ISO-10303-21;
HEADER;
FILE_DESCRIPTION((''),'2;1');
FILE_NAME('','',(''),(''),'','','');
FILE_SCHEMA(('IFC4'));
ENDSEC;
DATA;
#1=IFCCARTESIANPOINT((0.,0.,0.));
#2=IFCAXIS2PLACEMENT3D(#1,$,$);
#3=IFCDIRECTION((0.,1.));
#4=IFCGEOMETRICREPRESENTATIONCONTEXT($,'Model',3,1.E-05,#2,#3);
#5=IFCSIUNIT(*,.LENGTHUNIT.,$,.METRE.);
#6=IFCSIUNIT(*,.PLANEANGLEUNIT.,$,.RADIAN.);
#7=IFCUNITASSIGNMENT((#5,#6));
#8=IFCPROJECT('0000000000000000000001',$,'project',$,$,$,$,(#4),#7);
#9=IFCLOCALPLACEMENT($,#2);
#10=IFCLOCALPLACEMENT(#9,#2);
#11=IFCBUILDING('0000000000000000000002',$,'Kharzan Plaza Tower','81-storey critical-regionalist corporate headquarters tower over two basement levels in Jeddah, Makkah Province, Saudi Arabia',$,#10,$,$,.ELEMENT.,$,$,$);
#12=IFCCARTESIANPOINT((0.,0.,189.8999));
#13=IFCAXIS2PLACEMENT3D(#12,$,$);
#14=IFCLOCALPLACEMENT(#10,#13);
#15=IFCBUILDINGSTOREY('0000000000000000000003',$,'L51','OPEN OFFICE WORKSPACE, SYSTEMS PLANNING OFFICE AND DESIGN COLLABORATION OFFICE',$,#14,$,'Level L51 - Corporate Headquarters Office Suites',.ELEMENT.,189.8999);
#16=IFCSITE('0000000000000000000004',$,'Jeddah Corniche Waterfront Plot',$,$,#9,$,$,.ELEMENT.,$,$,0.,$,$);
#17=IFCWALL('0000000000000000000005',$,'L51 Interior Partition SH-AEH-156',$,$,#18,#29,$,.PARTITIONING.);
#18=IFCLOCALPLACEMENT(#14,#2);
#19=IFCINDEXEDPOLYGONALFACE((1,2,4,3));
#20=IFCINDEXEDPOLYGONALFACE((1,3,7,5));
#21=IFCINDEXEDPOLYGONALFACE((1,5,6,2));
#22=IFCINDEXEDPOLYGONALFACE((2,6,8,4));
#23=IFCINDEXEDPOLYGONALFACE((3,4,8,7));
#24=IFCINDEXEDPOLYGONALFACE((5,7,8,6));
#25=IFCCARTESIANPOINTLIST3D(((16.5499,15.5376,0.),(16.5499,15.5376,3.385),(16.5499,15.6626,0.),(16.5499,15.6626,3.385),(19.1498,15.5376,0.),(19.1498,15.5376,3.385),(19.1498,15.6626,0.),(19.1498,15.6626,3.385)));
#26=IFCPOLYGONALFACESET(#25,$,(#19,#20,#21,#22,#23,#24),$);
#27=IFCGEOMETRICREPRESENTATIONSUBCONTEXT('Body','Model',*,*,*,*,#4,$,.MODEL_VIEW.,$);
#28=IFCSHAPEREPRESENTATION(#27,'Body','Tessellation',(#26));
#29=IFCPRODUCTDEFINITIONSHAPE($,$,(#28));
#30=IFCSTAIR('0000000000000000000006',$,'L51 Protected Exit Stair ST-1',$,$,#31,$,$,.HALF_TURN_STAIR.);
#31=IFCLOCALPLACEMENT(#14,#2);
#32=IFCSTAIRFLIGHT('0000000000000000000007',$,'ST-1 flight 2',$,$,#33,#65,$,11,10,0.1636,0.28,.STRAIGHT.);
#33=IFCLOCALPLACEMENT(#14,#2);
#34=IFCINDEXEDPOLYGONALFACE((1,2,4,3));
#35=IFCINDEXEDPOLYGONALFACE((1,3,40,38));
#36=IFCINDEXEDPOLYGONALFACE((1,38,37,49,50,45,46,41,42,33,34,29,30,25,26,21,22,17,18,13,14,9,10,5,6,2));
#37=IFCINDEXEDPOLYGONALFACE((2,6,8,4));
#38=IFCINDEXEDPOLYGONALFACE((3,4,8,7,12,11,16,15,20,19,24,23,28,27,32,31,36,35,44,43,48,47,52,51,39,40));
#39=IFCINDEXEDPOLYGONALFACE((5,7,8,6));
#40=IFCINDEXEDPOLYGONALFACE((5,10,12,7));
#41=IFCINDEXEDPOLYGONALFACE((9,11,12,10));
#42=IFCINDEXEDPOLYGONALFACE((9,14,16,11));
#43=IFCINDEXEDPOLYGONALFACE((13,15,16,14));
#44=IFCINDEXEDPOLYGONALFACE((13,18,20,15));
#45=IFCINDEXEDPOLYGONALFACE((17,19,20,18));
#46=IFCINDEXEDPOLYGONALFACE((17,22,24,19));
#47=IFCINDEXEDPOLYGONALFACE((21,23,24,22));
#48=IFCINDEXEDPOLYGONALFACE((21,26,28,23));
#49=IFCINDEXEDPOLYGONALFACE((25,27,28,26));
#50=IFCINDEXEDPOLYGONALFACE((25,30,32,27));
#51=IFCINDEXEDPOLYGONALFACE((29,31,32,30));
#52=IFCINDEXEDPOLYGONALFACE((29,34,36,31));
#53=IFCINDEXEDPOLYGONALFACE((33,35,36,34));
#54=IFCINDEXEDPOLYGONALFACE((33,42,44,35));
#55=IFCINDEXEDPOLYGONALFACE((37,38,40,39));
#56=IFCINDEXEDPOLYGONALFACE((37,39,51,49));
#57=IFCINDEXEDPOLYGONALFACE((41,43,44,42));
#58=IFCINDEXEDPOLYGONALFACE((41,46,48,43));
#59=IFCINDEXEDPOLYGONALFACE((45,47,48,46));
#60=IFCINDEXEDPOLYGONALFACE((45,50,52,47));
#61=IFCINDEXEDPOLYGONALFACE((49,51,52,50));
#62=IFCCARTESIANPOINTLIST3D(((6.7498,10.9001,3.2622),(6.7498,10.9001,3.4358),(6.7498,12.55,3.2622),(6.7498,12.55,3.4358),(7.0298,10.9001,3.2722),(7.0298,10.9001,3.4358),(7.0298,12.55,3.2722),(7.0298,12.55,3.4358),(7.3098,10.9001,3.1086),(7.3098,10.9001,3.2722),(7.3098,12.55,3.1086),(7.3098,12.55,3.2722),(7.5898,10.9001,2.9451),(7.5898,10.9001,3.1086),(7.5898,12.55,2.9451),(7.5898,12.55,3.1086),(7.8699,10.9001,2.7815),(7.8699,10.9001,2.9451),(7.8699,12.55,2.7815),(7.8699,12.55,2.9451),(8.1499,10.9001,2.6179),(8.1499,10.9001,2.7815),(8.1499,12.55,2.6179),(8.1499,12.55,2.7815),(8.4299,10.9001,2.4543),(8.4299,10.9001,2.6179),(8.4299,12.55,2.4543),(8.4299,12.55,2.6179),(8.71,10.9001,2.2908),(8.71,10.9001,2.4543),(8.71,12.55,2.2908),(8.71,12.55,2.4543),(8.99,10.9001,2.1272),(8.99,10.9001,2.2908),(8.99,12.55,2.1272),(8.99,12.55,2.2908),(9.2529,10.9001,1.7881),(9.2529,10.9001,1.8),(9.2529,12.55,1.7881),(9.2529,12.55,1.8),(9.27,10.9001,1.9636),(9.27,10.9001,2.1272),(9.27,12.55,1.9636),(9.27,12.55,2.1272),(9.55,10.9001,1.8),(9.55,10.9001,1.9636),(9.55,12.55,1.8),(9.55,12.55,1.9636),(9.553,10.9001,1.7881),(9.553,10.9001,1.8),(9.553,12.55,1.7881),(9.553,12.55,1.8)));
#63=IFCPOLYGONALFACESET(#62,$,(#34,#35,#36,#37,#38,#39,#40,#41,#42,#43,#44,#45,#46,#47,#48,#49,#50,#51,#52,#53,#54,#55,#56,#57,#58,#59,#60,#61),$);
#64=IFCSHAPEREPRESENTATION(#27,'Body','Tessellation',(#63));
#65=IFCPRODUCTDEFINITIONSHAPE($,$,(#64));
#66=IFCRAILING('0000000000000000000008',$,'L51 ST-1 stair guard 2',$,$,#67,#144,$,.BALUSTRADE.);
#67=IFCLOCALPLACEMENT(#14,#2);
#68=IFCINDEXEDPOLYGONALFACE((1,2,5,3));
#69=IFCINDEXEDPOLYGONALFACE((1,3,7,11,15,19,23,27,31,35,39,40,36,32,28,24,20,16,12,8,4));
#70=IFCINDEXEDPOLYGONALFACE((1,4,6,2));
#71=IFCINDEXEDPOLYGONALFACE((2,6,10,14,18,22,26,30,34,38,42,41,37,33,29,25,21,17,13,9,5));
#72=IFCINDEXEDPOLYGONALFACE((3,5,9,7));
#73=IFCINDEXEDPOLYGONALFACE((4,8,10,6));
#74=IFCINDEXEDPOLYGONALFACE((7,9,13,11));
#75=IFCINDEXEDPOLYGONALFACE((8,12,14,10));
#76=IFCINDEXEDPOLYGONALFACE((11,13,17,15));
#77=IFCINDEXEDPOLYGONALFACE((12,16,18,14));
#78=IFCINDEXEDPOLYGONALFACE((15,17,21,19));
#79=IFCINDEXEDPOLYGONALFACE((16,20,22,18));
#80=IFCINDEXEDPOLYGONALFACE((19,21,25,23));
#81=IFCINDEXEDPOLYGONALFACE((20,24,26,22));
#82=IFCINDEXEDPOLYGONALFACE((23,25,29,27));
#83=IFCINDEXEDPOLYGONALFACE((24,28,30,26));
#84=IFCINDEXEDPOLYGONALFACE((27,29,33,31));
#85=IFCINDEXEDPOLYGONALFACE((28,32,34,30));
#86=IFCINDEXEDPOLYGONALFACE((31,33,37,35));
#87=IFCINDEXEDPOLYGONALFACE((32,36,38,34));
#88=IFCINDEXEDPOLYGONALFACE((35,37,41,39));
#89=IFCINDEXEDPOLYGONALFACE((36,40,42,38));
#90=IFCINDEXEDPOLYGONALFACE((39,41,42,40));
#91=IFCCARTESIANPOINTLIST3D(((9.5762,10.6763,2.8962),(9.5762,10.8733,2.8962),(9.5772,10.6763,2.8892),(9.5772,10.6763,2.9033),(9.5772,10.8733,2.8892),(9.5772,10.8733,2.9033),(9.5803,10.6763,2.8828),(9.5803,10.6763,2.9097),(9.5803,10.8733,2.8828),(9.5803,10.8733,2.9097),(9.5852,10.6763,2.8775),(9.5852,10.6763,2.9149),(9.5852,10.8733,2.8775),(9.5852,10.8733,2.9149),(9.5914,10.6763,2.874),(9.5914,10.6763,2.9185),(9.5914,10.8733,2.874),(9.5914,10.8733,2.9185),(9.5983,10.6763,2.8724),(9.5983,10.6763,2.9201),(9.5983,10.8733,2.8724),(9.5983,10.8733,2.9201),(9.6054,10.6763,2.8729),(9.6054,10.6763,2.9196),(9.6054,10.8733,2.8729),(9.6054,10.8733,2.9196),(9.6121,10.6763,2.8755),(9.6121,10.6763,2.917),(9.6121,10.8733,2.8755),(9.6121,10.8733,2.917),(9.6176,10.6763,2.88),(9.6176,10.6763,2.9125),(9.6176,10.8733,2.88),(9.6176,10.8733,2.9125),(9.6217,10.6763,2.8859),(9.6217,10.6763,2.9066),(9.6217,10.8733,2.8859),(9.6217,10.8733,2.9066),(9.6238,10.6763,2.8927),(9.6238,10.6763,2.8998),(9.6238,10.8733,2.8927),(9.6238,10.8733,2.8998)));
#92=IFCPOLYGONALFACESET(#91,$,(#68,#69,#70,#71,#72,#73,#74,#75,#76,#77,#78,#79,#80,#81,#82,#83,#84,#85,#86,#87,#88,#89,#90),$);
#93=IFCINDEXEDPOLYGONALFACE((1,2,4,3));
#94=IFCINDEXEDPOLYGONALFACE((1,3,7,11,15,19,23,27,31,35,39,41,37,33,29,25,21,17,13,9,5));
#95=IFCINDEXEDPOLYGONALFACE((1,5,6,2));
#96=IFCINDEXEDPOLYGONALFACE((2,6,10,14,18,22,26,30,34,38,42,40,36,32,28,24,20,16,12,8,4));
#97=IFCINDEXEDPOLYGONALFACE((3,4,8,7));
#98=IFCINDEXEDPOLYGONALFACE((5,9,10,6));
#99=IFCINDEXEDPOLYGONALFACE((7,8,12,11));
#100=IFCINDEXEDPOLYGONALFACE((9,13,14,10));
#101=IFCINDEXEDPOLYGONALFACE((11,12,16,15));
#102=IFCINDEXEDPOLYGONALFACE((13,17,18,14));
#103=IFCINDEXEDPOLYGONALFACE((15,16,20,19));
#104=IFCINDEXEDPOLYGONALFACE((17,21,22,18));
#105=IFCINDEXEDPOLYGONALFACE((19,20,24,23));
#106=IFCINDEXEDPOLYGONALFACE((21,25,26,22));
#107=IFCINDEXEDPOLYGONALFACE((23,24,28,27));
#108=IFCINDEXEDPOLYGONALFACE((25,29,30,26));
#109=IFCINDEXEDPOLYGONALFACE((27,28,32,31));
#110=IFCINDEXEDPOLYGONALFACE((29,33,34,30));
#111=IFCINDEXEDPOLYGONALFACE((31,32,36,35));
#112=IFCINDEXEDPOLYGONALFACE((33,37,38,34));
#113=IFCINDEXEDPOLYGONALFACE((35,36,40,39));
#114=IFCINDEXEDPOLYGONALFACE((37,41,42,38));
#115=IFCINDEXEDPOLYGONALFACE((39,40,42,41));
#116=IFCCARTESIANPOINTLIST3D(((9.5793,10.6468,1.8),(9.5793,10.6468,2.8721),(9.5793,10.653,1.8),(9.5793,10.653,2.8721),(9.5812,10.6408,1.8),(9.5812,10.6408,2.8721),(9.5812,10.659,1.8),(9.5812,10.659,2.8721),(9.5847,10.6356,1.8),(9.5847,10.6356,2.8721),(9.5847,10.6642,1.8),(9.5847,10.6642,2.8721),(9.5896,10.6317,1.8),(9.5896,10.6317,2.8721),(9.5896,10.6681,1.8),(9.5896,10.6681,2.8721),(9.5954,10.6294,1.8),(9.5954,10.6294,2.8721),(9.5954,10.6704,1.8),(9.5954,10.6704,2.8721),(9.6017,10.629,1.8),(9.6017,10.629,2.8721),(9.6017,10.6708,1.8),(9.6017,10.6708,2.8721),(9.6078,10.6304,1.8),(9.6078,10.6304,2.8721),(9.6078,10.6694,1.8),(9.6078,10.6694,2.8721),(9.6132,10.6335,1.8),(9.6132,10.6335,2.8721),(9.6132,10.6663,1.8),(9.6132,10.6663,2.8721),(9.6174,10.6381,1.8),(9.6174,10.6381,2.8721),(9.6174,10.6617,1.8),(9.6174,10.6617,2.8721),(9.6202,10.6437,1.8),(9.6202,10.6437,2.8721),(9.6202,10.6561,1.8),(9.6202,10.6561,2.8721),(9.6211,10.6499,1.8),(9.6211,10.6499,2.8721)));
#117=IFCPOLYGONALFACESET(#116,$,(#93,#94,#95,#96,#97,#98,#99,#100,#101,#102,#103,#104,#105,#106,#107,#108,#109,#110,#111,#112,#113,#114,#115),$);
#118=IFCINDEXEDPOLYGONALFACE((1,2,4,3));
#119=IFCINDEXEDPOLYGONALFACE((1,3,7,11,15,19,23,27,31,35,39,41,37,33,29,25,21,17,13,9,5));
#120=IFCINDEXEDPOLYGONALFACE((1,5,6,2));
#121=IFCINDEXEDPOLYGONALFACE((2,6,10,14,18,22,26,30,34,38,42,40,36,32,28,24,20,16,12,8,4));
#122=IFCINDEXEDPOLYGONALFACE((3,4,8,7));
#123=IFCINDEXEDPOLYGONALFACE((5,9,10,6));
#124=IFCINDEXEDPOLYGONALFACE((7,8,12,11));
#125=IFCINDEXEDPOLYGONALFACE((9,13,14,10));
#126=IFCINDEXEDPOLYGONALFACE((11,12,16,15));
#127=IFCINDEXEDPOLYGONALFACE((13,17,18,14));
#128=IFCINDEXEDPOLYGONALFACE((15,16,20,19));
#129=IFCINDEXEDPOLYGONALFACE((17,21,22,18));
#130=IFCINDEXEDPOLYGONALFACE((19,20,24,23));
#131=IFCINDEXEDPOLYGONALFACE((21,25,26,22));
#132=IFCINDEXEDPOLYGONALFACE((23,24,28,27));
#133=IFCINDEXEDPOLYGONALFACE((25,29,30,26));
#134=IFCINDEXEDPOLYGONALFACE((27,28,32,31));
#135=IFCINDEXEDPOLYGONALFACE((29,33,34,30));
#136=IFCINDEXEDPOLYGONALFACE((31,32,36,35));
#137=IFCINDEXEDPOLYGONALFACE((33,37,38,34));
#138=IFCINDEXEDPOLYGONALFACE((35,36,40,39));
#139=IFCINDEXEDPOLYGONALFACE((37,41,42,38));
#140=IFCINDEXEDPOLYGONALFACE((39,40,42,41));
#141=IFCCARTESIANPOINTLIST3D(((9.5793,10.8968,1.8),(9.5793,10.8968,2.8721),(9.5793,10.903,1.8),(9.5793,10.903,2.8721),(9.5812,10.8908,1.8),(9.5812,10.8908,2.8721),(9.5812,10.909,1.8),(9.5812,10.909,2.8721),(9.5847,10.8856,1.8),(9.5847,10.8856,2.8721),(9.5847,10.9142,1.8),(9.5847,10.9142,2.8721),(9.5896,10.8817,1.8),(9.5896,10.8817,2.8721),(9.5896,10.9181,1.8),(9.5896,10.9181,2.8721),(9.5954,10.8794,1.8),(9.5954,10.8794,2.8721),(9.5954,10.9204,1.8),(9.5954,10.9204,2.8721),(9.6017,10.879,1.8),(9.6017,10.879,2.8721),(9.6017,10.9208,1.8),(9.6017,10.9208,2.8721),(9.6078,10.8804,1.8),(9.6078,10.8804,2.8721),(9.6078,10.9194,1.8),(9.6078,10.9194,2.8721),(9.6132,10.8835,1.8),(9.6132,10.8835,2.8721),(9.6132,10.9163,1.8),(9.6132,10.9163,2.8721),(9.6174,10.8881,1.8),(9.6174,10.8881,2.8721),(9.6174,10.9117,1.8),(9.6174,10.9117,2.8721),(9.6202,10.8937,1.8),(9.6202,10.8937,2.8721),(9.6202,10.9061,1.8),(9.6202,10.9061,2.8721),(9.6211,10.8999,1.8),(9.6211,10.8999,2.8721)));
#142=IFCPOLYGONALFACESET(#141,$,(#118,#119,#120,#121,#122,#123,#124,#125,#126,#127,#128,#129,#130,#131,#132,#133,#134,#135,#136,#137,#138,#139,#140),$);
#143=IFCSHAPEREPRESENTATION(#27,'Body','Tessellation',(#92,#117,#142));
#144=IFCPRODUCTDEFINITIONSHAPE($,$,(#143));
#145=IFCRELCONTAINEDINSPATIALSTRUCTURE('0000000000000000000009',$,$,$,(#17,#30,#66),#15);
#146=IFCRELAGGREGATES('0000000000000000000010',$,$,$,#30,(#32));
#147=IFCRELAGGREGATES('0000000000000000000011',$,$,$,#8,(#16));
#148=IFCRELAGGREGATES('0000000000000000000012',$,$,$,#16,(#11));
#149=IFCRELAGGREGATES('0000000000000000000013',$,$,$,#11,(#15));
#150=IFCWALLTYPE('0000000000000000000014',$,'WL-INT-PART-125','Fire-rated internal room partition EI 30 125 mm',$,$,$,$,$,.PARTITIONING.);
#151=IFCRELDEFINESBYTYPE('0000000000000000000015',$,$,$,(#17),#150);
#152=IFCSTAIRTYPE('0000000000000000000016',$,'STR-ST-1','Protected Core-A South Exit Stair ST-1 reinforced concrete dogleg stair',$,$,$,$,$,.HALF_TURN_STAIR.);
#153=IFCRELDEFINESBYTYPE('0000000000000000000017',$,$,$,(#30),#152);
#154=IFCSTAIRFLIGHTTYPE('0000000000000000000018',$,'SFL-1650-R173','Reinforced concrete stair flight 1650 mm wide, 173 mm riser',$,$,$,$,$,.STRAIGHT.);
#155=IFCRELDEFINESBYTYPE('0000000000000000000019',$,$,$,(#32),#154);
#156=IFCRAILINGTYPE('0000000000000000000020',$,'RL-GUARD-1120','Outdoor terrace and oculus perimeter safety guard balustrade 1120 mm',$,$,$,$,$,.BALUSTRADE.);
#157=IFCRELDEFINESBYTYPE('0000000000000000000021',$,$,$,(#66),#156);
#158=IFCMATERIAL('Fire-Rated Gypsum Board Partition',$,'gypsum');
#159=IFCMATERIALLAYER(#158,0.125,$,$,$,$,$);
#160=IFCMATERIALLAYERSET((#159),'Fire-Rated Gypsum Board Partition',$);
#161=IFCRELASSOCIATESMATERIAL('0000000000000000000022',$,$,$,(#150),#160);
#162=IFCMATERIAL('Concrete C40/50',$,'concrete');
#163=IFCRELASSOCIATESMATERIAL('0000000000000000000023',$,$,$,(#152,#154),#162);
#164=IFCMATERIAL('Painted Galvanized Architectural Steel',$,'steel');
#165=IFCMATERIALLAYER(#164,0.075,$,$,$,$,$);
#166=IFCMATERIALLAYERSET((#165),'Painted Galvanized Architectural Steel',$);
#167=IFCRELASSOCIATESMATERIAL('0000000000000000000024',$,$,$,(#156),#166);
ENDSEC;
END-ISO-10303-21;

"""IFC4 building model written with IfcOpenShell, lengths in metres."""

from ifc_helpers import new_model, si_unit, direction, frame, frame_2d, origin, origin_2d, place, context, subcontext, project, spatial, polyline, rectangle, circle, outline, extrude, source, transform, mapped, material, layer, layer_set, type_object, element, aggregate, save


model = new_model("IFC4")

# Units and contexts
model_context = context("Model", 3, precision=1e-05, world=origin(), true_north=direction((0.0, 1.0)))
body_context = subcontext(model_context, "Body", "Model", "MODEL_VIEW")
ifc_project = project(units=[si_unit("LENGTHUNIT", "METRE"), si_unit("PLANEANGLEUNIT", "RADIAN")], contexts=[model_context])

# Site, building, storey
site_placement = place(None, origin())
site = spatial("IfcSite", under=ifc_project, at=site_placement, Name="Jeddah Corniche Waterfront Plot", CompositionType="ELEMENT", RefElevation=0.0)
building_placement = place(site_placement, origin())
building = spatial("IfcBuilding", under=site, at=building_placement, Name="Kharzan Plaza Tower", Description="81-storey critical-regionalist corporate headquarters tower over two basement levels in Jeddah, Makkah Province, Saudi Arabia", CompositionType="ELEMENT")
storey_placement = place(building_placement, frame((0.0, 0.0, 189.8999)))
storey = spatial("IfcBuildingStorey", under=building, at=storey_placement, Name="L51", Description="OPEN OFFICE WORKSPACE, SYSTEMS PLANNING OFFICE AND DESIGN COLLABORATION OFFICE", LongName="Level L51 - Corporate Headquarters Office Suites", CompositionType="ELEMENT", Elevation=189.8999)

# Shared definitions
ifc_material_1 = material(Name="Fire-Rated Gypsum Board Partition", Category="gypsum")
ifc_layer_1 = layer(ifc_material_1, 0.125)
ifc_layer_set_1 = layer_set([ifc_layer_1], Name="Fire-Rated Gypsum Board Partition")
wall_type_1 = type_object("IfcWallType", Name="WL-INT-PART-125", Description="Fire-rated internal room partition EI 30 125 mm", PredefinedType="PARTITIONING", material=ifc_layer_set_1)
ifc_material_2 = material(Name="Concrete C40/50", Category="concrete")

# Wall
shared_shape_1 = source(origin(), body_context, "Body", "SweptSolid", [
    extrude(rectangle(XDim=2.5999, YDim=0.125, at=frame_2d((1.2998, 0.0))), origin(), (0.0, 0.0, 1.0), 3.385),
])
wall_1_placement = place(storey_placement, frame((16.55, 15.6001, 0.0), z_axis=(0.0, 0.0, 1.0), x_axis=(1.0, 0.0, 0.0)))
element("IfcWall", 1, at=wall_1_placement, inside=storey, type_object=wall_type_1, Name="L51 Interior Partition SH-AEH-156", PredefinedType="PARTITIONING", context=body_context, shape_type="MappedRepresentation", body=[
    mapped(shared_shape_1, transform((0.0, 0.0, 0.0), x_axis=(1.0, 0.0, 0.0), y_axis=(0.0, 1.0, 0.0), z_axis=(0.0, 0.0, 1.0))),
])

# Stair, stair flight
stair_type = type_object("IfcStairType", Name="STR-ST-1", Description="Protected Core-A South Exit Stair ST-1 reinforced concrete dogleg stair", PredefinedType="HALF_TURN_STAIR", material=ifc_material_2)
stair_placement = place(storey_placement, origin())
stair = element("IfcStair", 2, at=stair_placement, inside=storey, type_object=stair_type, Name="L51 Protected Exit Stair ST-1", PredefinedType="HALF_TURN_STAIR")
stair_flight_type = type_object("IfcStairFlightType", Name="SFL-1650-R173", Description="Reinforced concrete stair flight 1650 mm wide, 173 mm riser", PredefinedType="STRAIGHT", material=ifc_material_2)
shared_shape_2 = source(origin(), body_context, "Body", "SweptSolid", [
    extrude(outline(polyline([(-0.0029, -0.012), (-0.0029, 0.0), (0.0, 0.0), (0.0, 0.1636), (0.28, 0.1636), (0.28, 0.3271), (0.5601, 0.3271), (0.5601, 0.4907), (0.8401, 0.4907), (0.8401, 0.6543), (1.1201, 0.6543), (1.1201, 0.8179), (1.4001, 0.8179), (1.4001, 0.9814), (1.6802, 0.9814), (1.6802, 1.145), (1.9602, 1.145), (1.9602, 1.3086), (2.2402, 1.3086), (2.2402, 1.4722), (2.5203, 1.4722), (2.5203, 1.6357), (2.8003, 1.6357), (2.8003, 1.7993), (2.8003, 1.4622), (0.2971, 0.0), (0.2971, -0.012), (-0.0029, -0.012)])), frame((0.0, 0.825, 0.0), z_axis=(0.0, -1.0, 0.0), x_axis=(1.0, 0.0, 0.0)), (0.0, 0.0, 1.0), 1.6499),
])
stair_flight_placement = place(storey_placement, frame((9.55, 11.7251, 1.8), z_axis=(0.0, 0.0, 1.0), x_axis=(-1.0, 0.0, 0.0)))
stair_flight = element("IfcStairFlight", 3, at=stair_flight_placement, type_object=stair_flight_type, Name="ST-1 flight 2", NumberOfRisers=11, NumberOfTreads=10, PredefinedType="STRAIGHT", RiserHeight=0.1636, TreadLength=0.28, context=body_context, shape_type="MappedRepresentation", body=[
    mapped(shared_shape_2, transform((0.0, 0.0, 0.0), x_axis=(1.0, 0.0, 0.0), y_axis=(0.0, 1.0, 0.0), z_axis=(0.0, 0.0, 1.0))),
])
aggregate(stair, [stair_flight])

# Railing
ifc_material_3 = material(Name="Painted Galvanized Architectural Steel", Category="steel")
ifc_layer_2 = layer(ifc_material_3, 0.075)
ifc_layer_set_2 = layer_set([ifc_layer_2], Name="Painted Galvanized Architectural Steel")
railing_type_1 = type_object("IfcRailingType", Name="RL-GUARD-1120", Description="Outdoor terrace and oculus perimeter safety guard balustrade 1120 mm", PredefinedType="BALUSTRADE", material=ifc_layer_set_2)
shared_shape_3 = source(origin(), body_context, "Body", "SweptSolid", [
    extrude(circle(Radius=0.0239, at=origin_2d()), frame((0.0, 0.0264, 1.0962), z_axis=(0.0, 1.0, 0.0), x_axis=(-1.0, 0.0, 0.0)), (0.0, 0.0, 1.0), 0.197),
    extrude(circle(Radius=0.021, at=origin_2d()), origin(), (0.0, 0.0, 1.0), 1.072),
    extrude(circle(Radius=0.021, at=origin_2d()), frame((0.0, 0.25, 0.0)), (0.0, 0.0, 1.0), 1.072),
])
railing_1_placement = place(storey_placement, frame((9.6001, 10.6499, 1.8)))
element("IfcRailing", 4, at=railing_1_placement, inside=storey, type_object=railing_type_1, Name="L51 ST-1 stair guard 2", PredefinedType="BALUSTRADE", context=body_context, shape_type="MappedRepresentation", body=[
    mapped(shared_shape_3, transform((0.0, 0.0, 0.0), x_axis=(1.0, 0.0, 0.0), y_axis=(0.0, 1.0, 0.0), z_axis=(0.0, 0.0, 1.0))),
])

save(model, "model.ifc")
